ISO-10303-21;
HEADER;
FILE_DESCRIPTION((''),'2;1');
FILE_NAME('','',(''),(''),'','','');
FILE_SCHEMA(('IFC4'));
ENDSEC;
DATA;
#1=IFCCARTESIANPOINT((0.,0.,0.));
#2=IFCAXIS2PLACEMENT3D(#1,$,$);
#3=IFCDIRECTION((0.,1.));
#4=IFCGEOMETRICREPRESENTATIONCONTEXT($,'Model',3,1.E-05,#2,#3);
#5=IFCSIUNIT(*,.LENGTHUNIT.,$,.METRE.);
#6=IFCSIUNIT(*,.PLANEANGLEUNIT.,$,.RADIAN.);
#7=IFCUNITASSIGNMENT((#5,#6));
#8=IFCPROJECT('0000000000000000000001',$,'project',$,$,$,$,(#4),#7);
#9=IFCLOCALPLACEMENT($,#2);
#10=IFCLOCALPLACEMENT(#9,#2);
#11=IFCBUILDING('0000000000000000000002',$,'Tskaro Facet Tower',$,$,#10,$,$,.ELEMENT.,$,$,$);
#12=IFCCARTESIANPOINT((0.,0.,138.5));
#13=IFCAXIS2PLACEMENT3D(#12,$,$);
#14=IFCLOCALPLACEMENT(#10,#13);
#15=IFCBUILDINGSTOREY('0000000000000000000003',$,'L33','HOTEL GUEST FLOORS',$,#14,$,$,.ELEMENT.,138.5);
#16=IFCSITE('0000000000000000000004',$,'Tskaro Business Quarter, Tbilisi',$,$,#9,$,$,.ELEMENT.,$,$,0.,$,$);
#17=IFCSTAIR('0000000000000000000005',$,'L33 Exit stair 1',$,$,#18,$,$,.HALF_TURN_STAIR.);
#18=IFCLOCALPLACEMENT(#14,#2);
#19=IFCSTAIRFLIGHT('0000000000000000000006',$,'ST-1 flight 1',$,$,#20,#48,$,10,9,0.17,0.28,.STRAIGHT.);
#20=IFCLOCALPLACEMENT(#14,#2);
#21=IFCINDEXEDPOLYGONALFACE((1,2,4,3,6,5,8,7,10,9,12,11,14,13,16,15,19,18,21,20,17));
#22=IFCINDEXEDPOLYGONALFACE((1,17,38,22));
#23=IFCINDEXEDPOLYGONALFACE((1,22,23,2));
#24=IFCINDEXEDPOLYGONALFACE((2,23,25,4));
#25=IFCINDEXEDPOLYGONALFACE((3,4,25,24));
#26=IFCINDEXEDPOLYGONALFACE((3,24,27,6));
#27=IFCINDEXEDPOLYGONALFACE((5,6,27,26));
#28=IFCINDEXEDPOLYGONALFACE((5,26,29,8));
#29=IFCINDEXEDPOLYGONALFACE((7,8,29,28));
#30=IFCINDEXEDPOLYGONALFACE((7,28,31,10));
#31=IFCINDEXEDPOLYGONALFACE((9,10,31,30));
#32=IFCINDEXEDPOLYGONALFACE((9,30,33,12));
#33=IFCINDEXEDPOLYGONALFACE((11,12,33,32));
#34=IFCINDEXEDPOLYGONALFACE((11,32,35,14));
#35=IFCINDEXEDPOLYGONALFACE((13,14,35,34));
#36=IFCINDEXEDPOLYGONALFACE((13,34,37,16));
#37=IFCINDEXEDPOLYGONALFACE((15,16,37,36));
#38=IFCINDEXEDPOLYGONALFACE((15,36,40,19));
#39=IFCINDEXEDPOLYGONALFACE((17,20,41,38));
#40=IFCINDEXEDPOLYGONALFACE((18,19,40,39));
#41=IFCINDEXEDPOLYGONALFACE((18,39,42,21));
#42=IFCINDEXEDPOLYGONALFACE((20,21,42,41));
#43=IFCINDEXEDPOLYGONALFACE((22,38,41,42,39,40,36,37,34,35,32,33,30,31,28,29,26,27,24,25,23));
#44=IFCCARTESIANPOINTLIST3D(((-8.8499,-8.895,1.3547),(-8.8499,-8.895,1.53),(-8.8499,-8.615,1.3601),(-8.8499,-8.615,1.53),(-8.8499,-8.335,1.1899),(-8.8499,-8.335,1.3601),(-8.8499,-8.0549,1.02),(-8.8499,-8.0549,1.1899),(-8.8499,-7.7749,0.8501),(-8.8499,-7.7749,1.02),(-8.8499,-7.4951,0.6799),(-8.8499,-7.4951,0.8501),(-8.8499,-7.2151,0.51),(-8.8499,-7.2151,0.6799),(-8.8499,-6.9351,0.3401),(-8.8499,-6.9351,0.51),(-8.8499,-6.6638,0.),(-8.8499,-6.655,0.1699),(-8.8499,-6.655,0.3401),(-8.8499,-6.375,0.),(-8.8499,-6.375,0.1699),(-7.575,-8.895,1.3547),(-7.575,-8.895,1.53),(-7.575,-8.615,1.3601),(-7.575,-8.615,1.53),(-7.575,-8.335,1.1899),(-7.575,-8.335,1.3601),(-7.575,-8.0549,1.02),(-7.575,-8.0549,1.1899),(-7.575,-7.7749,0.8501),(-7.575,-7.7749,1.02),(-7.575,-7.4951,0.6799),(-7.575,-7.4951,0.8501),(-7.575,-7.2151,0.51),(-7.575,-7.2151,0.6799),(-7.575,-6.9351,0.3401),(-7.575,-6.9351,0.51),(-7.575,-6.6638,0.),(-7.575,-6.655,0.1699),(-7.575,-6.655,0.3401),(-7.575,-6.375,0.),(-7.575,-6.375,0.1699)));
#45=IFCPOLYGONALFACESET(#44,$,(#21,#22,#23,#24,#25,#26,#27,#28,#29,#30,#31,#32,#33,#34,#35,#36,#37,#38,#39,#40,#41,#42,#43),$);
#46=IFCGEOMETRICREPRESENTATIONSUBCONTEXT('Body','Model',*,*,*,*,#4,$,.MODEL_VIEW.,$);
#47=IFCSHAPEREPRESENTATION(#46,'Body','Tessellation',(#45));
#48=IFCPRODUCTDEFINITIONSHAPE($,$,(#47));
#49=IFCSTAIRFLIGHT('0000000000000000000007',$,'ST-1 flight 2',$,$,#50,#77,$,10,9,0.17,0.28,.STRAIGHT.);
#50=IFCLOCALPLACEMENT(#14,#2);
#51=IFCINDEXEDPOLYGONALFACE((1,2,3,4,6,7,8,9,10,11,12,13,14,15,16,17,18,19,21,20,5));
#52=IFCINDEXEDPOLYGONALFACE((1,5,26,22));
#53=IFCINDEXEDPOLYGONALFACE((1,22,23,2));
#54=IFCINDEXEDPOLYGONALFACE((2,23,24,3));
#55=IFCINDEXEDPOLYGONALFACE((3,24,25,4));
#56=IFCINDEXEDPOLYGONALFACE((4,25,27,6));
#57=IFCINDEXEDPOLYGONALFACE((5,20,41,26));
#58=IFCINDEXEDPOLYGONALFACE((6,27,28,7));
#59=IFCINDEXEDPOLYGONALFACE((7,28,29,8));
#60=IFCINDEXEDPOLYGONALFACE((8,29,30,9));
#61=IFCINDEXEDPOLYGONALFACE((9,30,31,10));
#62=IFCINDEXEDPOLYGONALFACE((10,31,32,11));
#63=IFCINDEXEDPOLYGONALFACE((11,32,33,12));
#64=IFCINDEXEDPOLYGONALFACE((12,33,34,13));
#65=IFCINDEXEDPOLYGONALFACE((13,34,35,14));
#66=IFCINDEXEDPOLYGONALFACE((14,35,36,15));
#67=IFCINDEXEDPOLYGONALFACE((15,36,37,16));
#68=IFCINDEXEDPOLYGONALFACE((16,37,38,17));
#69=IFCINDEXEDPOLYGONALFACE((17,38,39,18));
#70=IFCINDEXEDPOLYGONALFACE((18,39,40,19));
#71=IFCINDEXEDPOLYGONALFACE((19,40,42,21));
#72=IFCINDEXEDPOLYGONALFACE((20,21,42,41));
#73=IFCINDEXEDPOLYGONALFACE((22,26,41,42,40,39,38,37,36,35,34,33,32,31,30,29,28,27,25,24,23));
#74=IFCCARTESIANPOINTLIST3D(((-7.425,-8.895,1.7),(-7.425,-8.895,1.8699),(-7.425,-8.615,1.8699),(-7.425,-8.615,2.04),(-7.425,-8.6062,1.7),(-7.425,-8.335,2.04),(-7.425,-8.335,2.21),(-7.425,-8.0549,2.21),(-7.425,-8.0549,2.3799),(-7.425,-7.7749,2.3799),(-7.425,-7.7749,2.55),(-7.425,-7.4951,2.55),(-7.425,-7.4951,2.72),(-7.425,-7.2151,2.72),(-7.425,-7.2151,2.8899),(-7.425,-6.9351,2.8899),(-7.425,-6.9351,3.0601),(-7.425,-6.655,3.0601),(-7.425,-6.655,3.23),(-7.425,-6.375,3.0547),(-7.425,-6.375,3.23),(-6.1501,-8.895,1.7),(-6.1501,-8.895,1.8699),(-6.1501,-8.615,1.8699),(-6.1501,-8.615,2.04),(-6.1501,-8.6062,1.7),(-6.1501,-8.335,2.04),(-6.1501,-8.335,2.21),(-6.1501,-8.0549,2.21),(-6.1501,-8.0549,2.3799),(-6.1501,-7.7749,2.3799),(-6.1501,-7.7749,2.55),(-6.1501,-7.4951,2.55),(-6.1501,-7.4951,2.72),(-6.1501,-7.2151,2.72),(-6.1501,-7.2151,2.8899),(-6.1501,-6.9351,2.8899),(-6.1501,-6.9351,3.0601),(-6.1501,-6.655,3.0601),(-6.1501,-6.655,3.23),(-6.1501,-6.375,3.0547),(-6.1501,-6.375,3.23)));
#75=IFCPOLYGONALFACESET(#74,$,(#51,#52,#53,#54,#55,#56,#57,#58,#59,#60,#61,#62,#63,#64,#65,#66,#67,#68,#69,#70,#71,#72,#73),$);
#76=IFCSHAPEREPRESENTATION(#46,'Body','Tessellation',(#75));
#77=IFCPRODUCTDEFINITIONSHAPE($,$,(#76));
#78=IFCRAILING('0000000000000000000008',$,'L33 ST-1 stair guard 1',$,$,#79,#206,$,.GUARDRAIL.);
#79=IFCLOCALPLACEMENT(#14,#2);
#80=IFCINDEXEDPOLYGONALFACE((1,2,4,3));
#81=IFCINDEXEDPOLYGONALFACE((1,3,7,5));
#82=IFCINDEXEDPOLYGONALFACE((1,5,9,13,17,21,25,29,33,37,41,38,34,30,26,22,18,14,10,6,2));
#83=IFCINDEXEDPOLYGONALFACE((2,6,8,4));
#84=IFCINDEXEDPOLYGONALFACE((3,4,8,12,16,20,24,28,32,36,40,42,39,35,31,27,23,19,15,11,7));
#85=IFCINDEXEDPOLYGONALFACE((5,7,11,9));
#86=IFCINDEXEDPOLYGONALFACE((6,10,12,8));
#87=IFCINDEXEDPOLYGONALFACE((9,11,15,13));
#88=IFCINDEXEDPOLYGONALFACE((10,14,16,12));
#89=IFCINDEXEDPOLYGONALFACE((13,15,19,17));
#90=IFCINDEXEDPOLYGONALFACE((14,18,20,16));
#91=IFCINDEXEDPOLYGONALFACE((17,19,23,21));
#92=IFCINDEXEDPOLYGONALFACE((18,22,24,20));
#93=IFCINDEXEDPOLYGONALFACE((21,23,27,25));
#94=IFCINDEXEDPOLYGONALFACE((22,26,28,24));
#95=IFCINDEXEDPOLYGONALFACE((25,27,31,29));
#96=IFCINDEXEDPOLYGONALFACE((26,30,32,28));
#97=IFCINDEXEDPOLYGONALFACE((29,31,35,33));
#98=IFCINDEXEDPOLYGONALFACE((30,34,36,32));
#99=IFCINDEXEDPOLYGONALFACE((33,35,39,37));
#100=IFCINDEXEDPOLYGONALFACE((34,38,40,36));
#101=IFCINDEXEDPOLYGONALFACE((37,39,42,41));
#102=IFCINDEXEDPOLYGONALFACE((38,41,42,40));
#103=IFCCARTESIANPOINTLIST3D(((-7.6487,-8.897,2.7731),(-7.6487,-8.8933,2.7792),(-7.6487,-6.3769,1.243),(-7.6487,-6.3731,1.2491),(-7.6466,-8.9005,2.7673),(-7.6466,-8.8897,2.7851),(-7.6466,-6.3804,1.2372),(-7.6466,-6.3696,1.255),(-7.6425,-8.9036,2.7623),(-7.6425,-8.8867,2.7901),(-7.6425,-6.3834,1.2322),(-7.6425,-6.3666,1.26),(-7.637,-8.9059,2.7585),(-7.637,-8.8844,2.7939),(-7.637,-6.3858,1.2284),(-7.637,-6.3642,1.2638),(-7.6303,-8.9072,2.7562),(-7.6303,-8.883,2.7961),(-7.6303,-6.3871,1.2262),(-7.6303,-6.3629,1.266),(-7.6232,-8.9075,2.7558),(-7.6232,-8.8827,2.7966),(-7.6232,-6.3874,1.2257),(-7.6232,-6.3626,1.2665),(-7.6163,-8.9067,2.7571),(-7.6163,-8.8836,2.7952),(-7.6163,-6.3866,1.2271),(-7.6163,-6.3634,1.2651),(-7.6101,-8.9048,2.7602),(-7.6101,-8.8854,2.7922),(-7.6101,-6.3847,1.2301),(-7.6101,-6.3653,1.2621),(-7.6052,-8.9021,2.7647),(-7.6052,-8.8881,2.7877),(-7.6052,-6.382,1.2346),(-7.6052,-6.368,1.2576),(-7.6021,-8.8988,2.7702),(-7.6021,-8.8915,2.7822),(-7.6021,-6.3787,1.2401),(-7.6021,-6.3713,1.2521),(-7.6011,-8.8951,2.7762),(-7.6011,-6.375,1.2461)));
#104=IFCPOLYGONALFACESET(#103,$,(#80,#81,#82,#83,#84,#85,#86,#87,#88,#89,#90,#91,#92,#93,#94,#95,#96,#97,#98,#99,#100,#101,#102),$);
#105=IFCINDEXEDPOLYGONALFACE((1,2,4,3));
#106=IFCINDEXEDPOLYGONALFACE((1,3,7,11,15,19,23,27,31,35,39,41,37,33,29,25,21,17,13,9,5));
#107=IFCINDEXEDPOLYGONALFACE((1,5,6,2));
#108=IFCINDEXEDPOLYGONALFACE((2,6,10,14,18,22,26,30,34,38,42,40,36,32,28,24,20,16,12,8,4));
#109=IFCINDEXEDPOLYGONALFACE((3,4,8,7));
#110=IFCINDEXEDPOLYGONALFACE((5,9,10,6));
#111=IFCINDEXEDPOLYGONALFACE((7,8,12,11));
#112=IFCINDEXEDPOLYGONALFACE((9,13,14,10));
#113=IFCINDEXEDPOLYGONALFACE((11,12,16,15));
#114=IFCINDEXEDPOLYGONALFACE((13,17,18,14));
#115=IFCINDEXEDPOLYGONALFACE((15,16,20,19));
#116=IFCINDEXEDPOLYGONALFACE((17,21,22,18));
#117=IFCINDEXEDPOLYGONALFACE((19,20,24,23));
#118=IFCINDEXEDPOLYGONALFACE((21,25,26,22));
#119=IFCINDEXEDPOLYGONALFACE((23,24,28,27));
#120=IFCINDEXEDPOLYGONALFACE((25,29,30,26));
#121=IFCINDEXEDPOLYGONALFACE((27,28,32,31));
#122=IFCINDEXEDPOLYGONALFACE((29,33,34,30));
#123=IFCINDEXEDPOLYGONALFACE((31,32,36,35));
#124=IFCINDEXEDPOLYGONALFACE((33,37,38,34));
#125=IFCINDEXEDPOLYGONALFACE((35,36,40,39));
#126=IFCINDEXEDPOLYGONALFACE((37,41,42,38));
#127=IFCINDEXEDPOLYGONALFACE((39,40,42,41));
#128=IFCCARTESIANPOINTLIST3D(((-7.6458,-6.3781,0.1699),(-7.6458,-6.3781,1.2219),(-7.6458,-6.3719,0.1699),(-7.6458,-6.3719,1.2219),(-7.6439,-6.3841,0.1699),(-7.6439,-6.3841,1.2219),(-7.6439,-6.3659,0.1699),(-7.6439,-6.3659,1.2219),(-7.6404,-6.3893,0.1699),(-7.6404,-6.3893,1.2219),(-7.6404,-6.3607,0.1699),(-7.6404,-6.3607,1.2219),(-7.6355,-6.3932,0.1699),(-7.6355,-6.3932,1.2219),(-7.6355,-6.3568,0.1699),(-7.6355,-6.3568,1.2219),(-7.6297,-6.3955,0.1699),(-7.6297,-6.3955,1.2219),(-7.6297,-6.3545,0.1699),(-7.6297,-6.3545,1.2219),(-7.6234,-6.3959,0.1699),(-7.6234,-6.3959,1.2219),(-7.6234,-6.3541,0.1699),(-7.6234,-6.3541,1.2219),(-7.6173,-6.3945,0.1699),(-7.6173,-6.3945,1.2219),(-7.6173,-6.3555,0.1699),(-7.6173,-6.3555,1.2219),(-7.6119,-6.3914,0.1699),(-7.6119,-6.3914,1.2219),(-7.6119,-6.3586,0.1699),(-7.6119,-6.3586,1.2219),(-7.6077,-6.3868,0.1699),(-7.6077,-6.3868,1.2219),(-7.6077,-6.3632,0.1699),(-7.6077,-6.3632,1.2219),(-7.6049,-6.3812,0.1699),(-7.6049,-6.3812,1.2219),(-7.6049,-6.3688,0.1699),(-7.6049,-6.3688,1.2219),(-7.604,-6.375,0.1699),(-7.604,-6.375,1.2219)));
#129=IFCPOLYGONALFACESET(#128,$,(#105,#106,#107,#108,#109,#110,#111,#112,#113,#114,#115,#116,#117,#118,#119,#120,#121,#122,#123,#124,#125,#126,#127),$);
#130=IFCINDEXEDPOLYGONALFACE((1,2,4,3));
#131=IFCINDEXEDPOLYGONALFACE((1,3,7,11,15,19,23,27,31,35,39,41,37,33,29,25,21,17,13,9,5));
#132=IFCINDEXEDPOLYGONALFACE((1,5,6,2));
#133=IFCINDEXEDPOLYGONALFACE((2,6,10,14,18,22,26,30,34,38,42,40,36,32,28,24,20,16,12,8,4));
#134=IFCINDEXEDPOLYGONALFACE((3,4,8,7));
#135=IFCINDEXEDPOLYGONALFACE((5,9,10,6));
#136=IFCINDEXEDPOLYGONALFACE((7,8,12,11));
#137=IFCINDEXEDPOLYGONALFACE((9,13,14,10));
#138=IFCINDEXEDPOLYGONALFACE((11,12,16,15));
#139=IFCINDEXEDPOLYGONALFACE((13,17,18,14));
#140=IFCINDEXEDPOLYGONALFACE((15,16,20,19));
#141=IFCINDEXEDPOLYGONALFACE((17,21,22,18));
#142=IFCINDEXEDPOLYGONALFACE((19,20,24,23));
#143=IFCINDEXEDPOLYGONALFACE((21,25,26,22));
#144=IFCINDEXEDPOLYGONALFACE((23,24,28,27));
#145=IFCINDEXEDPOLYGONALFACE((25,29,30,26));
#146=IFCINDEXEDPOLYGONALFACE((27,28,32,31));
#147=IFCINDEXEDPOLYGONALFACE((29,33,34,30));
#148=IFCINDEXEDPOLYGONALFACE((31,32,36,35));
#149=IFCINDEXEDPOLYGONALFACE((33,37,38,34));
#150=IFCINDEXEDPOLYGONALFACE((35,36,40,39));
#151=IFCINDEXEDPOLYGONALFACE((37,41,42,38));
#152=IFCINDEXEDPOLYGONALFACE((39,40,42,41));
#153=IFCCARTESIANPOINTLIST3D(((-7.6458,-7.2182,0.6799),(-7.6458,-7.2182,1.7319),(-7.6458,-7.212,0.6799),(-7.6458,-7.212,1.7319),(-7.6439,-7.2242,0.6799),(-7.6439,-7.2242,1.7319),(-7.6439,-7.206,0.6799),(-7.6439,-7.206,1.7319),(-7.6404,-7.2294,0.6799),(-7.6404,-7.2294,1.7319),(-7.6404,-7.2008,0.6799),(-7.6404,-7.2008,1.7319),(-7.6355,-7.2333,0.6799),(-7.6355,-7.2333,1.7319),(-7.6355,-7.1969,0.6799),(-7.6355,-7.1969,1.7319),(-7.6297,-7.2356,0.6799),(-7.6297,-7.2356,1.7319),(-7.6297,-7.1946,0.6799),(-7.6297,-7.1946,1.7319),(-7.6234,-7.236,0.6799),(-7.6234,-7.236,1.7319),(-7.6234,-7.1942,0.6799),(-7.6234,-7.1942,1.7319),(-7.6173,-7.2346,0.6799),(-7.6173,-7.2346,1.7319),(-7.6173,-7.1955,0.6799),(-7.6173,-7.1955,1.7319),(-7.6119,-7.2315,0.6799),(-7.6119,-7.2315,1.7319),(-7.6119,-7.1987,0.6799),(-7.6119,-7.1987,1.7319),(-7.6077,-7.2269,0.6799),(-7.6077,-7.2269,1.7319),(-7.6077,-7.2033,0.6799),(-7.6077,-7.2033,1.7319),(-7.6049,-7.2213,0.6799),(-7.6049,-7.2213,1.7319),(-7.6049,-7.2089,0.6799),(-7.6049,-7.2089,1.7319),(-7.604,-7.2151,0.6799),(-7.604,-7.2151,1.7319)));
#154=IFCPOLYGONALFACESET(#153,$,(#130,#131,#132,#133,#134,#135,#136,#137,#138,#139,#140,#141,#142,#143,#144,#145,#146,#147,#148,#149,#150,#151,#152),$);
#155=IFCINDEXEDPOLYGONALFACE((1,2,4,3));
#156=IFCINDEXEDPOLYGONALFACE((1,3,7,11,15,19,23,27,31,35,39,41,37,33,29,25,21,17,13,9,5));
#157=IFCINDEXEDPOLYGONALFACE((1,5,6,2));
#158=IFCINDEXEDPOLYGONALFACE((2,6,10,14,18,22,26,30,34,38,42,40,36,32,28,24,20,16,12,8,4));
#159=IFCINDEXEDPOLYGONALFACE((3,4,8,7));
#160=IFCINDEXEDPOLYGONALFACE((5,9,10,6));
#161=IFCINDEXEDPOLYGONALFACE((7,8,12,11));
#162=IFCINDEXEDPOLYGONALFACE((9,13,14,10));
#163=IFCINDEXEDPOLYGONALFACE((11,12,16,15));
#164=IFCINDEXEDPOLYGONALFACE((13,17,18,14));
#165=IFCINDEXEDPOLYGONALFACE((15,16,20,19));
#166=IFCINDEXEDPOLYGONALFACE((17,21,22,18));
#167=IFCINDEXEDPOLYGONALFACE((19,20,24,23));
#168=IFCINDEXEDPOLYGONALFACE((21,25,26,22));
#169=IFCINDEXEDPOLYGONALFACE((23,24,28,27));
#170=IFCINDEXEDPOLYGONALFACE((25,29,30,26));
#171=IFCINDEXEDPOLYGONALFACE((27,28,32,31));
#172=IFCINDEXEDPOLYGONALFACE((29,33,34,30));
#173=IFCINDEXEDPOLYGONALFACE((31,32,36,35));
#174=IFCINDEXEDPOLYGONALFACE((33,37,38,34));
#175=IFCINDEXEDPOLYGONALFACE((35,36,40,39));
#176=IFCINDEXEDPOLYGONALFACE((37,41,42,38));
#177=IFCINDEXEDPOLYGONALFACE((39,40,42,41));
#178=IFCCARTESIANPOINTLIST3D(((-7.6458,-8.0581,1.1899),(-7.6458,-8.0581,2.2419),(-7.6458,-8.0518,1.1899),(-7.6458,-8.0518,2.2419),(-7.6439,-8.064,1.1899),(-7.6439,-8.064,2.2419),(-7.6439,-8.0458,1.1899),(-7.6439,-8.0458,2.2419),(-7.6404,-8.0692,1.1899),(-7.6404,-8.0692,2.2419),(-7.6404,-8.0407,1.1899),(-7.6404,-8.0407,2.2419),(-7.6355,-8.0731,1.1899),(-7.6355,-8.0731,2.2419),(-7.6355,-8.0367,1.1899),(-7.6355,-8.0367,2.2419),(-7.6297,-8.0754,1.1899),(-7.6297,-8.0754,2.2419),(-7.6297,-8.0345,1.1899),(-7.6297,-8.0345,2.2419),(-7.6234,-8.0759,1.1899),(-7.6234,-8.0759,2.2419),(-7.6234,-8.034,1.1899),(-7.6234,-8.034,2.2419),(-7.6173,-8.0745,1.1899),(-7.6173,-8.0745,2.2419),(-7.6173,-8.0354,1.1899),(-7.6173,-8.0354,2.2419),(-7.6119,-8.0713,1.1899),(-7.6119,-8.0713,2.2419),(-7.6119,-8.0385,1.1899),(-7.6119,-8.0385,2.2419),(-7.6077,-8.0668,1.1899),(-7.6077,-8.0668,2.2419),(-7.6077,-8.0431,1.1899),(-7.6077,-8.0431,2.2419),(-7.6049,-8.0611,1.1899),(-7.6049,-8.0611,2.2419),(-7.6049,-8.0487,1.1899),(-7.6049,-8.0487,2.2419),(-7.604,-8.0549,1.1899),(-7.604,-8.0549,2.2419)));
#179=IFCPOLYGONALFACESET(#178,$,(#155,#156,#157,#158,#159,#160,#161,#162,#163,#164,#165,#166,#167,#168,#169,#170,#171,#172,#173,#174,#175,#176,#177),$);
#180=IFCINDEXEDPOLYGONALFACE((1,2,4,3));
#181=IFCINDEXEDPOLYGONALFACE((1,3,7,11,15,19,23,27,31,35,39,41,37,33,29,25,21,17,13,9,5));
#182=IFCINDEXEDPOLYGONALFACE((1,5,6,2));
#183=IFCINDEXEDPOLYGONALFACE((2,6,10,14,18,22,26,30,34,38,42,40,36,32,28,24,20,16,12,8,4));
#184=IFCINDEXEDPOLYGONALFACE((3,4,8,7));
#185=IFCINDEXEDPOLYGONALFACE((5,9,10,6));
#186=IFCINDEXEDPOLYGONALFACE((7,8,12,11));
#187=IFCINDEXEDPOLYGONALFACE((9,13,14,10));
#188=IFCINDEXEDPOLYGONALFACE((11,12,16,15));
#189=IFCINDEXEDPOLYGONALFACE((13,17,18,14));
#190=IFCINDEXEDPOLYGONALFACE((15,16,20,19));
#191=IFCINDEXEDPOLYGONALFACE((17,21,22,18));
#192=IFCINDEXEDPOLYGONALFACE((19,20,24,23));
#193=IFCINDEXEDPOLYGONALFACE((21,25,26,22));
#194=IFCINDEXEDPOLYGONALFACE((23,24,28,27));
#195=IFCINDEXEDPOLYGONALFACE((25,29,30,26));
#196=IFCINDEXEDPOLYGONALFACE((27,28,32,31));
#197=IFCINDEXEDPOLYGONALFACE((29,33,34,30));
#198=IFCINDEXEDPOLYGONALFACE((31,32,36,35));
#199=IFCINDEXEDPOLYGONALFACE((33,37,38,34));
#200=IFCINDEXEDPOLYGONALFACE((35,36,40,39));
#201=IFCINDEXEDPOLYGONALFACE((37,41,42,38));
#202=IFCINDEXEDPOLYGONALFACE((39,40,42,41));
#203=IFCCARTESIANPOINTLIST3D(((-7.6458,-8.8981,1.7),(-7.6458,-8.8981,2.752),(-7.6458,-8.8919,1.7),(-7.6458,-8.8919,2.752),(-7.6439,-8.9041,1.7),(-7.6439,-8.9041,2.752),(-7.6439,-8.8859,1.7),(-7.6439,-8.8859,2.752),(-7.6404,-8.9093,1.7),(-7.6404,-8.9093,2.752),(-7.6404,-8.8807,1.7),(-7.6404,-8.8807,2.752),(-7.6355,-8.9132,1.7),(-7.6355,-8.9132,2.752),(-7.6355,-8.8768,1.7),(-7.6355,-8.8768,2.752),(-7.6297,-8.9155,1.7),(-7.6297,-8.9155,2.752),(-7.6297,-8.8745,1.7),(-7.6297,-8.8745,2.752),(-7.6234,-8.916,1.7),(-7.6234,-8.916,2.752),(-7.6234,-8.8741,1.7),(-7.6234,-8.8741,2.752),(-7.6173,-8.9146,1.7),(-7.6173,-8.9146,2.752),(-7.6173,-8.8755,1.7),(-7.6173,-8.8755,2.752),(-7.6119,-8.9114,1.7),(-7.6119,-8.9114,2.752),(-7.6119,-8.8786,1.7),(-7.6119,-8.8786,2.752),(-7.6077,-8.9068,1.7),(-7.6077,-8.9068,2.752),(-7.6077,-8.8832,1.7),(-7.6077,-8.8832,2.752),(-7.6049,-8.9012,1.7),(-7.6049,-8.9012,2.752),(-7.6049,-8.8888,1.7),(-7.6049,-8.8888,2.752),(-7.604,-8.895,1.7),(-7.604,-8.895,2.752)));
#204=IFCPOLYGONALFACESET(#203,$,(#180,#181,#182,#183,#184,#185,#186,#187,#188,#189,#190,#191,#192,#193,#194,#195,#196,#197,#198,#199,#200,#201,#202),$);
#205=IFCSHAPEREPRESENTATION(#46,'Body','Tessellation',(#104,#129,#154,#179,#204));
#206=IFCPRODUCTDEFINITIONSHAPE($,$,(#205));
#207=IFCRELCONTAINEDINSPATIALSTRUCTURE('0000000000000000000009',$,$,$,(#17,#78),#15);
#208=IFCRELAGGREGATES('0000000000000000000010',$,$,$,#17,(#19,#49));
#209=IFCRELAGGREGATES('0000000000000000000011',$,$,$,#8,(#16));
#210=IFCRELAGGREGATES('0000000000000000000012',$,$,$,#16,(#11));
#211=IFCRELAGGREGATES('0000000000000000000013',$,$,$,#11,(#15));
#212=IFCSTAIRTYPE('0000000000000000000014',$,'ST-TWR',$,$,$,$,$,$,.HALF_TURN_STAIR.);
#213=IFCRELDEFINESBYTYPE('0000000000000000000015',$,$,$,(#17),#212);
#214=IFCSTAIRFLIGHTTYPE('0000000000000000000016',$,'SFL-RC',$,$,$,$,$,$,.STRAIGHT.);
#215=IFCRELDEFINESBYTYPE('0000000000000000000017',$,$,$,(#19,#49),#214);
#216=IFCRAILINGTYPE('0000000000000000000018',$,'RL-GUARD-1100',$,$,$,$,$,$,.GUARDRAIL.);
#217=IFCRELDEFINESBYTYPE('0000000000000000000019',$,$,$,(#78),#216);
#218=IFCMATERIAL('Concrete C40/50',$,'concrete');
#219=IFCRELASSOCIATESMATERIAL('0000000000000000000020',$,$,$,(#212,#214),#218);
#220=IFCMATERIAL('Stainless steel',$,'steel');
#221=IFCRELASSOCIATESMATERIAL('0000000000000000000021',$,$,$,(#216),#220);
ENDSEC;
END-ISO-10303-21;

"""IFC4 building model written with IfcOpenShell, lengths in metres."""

from ifc_helpers import new_model, si_unit, direction, frame, origin, origin_2d, place, context, subcontext, project, spatial, polyline, circle, outline, extrude, material, type_object, element, aggregate, save


model = new_model("IFC4")

# Units and contexts
model_context = context("Model", 3, precision=1e-05, world=origin(), true_north=direction((0.0, 1.0)))
body_context = subcontext(model_context, "Body", "Model", "MODEL_VIEW")
ifc_project = project(units=[si_unit("LENGTHUNIT", "METRE"), si_unit("PLANEANGLEUNIT", "RADIAN")], contexts=[model_context])

# Site, building, storey
site_placement = place(None, origin())
site = spatial("IfcSite", under=ifc_project, at=site_placement, Name="Tskaro Business Quarter, Tbilisi", CompositionType="ELEMENT", RefElevation=0.0)
building_placement = place(site_placement, origin())
building = spatial("IfcBuilding", under=site, at=building_placement, Name="Tskaro Facet Tower", CompositionType="ELEMENT")
storey_placement = place(building_placement, frame((0.0, 0.0, 138.5)))
storey = spatial("IfcBuildingStorey", under=building, at=storey_placement, Name="L33", Description="HOTEL GUEST FLOORS", CompositionType="ELEMENT", Elevation=138.5)

# Stair
ifc_material_1 = material(Name="Concrete C40/50", Category="concrete")
stair_type = type_object("IfcStairType", Name="ST-TWR", PredefinedType="HALF_TURN_STAIR", material=ifc_material_1)
stair_1_placement = place(storey_placement, origin())
stair_1 = element("IfcStair", 1, at=stair_1_placement, inside=storey, type_object=stair_type, Name="L33 Exit stair 1", PredefinedType="HALF_TURN_STAIR")

# Shared definitions
ifc_material_2 = material(Name="Stainless steel", Category="steel")

# Stair flights
stair_flight_type = type_object("IfcStairFlightType", Name="SFL-RC", PredefinedType="STRAIGHT", material=ifc_material_1)
stair_flight_1_placement = place(storey_placement, frame((-8.2124, -6.375, 0.0), z_axis=(0.0, 0.0, 1.0), x_axis=(0.0, -1.0, 0.0)))
stair_flight_1 = element("IfcStairFlight", 2, at=stair_flight_1_placement, type_object=stair_flight_type, Name="ST-1 flight 1", NumberOfRisers=10, NumberOfTreads=9, PredefinedType="STRAIGHT", RiserHeight=0.17, TreadLength=0.28, context=body_context, shape_type="SweptSolid", body=[
    extrude(outline(polyline([(0.0, 0.0), (0.0, 0.1699), (0.28, 0.1699), (0.28, 0.3401), (0.5601, 0.3401), (0.5601, 0.51), (0.8401, 0.51), (0.8401, 0.6799), (1.1201, 0.6799), (1.1201, 0.8501), (1.3999, 0.8501), (1.3999, 1.02), (1.6799, 1.02), (1.6799, 1.1899), (1.96, 1.1899), (1.96, 1.3601), (2.24, 1.3601), (2.24, 1.53), (2.52, 1.53), (2.52, 1.7), (2.52, 1.3547), (0.2888, 0.0), (0.0, 0.0)])), frame((0.0, 0.6375, 0.0), z_axis=(0.0, -1.0, 0.0), x_axis=(1.0, 0.0, 0.0)), (0.0, 0.0, 1.0), 1.2749),
])
stair_flight_2_placement = place(storey_placement, frame((-6.7876, -8.895, 1.7), z_axis=(0.0, 0.0, 1.0), x_axis=(0.0, 1.0, 0.0)))
stair_flight_2 = element("IfcStairFlight", 3, at=stair_flight_2_placement, type_object=stair_flight_type, Name="ST-1 flight 2", NumberOfRisers=10, NumberOfTreads=9, PredefinedType="STRAIGHT", RiserHeight=0.17, TreadLength=0.28, context=body_context, shape_type="SweptSolid", body=[
    extrude(outline(polyline([(0.0, 0.0), (0.0, 0.1699), (0.28, 0.1699), (0.28, 0.3401), (0.5601, 0.3401), (0.5601, 0.51), (0.8401, 0.51), (0.8401, 0.6799), (1.1201, 0.6799), (1.1201, 0.8501), (1.3999, 0.8501), (1.3999, 1.02), (1.6799, 1.02), (1.6799, 1.1899), (1.96, 1.1899), (1.96, 1.3601), (2.24, 1.3601), (2.24, 1.53), (2.52, 1.53), (2.52, 1.7), (2.52, 1.3547), (0.2888, 0.0), (0.0, 0.0)])), frame((0.0, 0.6375, 0.0), z_axis=(0.0, -1.0, 0.0), x_axis=(1.0, 0.0, 0.0)), (0.0, 0.0, 1.0), 1.2749),
])
aggregate(stair_1, [stair_flight_1, stair_flight_2])

# Railing
railing_type_1 = type_object("IfcRailingType", Name="RL-GUARD-1100", PredefinedType="GUARDRAIL", material=ifc_material_2)
railing_1_placement = place(storey_placement, frame((-7.625, -6.375, 0.1699)))
element("IfcRailing", 4, at=railing_1_placement, inside=storey, type_object=railing_type_1, Name="L33 ST-1 stair guard 1", PredefinedType="GUARDRAIL", context=body_context, shape_type="SweptSolid", body=[
    extrude(circle(Radius=0.0239, at=origin_2d()), frame((0.0, 0.0, 1.0762), z_axis=(0.0, -0.854785, 0.518982), x_axis=(1.0, 0.0, 0.0)), (0.0, 0.0, 1.0), 2.9482),
    extrude(circle(Radius=0.021, at=origin_2d()), origin(), (0.0, 0.0, 1.0), 1.052),
    extrude(circle(Radius=0.021, at=origin_2d()), frame((0.0, -0.8401, 0.51)), (0.0, 0.0, 1.0), 1.052),
    extrude(circle(Radius=0.021, at=origin_2d()), frame((0.0, -1.6799, 1.02)), (0.0, 0.0, 1.0), 1.052),
    extrude(circle(Radius=0.021, at=origin_2d()), frame((0.0, -2.52, 1.53)), (0.0, 0.0, 1.0), 1.052),
])

save(model, "model.ifc")
